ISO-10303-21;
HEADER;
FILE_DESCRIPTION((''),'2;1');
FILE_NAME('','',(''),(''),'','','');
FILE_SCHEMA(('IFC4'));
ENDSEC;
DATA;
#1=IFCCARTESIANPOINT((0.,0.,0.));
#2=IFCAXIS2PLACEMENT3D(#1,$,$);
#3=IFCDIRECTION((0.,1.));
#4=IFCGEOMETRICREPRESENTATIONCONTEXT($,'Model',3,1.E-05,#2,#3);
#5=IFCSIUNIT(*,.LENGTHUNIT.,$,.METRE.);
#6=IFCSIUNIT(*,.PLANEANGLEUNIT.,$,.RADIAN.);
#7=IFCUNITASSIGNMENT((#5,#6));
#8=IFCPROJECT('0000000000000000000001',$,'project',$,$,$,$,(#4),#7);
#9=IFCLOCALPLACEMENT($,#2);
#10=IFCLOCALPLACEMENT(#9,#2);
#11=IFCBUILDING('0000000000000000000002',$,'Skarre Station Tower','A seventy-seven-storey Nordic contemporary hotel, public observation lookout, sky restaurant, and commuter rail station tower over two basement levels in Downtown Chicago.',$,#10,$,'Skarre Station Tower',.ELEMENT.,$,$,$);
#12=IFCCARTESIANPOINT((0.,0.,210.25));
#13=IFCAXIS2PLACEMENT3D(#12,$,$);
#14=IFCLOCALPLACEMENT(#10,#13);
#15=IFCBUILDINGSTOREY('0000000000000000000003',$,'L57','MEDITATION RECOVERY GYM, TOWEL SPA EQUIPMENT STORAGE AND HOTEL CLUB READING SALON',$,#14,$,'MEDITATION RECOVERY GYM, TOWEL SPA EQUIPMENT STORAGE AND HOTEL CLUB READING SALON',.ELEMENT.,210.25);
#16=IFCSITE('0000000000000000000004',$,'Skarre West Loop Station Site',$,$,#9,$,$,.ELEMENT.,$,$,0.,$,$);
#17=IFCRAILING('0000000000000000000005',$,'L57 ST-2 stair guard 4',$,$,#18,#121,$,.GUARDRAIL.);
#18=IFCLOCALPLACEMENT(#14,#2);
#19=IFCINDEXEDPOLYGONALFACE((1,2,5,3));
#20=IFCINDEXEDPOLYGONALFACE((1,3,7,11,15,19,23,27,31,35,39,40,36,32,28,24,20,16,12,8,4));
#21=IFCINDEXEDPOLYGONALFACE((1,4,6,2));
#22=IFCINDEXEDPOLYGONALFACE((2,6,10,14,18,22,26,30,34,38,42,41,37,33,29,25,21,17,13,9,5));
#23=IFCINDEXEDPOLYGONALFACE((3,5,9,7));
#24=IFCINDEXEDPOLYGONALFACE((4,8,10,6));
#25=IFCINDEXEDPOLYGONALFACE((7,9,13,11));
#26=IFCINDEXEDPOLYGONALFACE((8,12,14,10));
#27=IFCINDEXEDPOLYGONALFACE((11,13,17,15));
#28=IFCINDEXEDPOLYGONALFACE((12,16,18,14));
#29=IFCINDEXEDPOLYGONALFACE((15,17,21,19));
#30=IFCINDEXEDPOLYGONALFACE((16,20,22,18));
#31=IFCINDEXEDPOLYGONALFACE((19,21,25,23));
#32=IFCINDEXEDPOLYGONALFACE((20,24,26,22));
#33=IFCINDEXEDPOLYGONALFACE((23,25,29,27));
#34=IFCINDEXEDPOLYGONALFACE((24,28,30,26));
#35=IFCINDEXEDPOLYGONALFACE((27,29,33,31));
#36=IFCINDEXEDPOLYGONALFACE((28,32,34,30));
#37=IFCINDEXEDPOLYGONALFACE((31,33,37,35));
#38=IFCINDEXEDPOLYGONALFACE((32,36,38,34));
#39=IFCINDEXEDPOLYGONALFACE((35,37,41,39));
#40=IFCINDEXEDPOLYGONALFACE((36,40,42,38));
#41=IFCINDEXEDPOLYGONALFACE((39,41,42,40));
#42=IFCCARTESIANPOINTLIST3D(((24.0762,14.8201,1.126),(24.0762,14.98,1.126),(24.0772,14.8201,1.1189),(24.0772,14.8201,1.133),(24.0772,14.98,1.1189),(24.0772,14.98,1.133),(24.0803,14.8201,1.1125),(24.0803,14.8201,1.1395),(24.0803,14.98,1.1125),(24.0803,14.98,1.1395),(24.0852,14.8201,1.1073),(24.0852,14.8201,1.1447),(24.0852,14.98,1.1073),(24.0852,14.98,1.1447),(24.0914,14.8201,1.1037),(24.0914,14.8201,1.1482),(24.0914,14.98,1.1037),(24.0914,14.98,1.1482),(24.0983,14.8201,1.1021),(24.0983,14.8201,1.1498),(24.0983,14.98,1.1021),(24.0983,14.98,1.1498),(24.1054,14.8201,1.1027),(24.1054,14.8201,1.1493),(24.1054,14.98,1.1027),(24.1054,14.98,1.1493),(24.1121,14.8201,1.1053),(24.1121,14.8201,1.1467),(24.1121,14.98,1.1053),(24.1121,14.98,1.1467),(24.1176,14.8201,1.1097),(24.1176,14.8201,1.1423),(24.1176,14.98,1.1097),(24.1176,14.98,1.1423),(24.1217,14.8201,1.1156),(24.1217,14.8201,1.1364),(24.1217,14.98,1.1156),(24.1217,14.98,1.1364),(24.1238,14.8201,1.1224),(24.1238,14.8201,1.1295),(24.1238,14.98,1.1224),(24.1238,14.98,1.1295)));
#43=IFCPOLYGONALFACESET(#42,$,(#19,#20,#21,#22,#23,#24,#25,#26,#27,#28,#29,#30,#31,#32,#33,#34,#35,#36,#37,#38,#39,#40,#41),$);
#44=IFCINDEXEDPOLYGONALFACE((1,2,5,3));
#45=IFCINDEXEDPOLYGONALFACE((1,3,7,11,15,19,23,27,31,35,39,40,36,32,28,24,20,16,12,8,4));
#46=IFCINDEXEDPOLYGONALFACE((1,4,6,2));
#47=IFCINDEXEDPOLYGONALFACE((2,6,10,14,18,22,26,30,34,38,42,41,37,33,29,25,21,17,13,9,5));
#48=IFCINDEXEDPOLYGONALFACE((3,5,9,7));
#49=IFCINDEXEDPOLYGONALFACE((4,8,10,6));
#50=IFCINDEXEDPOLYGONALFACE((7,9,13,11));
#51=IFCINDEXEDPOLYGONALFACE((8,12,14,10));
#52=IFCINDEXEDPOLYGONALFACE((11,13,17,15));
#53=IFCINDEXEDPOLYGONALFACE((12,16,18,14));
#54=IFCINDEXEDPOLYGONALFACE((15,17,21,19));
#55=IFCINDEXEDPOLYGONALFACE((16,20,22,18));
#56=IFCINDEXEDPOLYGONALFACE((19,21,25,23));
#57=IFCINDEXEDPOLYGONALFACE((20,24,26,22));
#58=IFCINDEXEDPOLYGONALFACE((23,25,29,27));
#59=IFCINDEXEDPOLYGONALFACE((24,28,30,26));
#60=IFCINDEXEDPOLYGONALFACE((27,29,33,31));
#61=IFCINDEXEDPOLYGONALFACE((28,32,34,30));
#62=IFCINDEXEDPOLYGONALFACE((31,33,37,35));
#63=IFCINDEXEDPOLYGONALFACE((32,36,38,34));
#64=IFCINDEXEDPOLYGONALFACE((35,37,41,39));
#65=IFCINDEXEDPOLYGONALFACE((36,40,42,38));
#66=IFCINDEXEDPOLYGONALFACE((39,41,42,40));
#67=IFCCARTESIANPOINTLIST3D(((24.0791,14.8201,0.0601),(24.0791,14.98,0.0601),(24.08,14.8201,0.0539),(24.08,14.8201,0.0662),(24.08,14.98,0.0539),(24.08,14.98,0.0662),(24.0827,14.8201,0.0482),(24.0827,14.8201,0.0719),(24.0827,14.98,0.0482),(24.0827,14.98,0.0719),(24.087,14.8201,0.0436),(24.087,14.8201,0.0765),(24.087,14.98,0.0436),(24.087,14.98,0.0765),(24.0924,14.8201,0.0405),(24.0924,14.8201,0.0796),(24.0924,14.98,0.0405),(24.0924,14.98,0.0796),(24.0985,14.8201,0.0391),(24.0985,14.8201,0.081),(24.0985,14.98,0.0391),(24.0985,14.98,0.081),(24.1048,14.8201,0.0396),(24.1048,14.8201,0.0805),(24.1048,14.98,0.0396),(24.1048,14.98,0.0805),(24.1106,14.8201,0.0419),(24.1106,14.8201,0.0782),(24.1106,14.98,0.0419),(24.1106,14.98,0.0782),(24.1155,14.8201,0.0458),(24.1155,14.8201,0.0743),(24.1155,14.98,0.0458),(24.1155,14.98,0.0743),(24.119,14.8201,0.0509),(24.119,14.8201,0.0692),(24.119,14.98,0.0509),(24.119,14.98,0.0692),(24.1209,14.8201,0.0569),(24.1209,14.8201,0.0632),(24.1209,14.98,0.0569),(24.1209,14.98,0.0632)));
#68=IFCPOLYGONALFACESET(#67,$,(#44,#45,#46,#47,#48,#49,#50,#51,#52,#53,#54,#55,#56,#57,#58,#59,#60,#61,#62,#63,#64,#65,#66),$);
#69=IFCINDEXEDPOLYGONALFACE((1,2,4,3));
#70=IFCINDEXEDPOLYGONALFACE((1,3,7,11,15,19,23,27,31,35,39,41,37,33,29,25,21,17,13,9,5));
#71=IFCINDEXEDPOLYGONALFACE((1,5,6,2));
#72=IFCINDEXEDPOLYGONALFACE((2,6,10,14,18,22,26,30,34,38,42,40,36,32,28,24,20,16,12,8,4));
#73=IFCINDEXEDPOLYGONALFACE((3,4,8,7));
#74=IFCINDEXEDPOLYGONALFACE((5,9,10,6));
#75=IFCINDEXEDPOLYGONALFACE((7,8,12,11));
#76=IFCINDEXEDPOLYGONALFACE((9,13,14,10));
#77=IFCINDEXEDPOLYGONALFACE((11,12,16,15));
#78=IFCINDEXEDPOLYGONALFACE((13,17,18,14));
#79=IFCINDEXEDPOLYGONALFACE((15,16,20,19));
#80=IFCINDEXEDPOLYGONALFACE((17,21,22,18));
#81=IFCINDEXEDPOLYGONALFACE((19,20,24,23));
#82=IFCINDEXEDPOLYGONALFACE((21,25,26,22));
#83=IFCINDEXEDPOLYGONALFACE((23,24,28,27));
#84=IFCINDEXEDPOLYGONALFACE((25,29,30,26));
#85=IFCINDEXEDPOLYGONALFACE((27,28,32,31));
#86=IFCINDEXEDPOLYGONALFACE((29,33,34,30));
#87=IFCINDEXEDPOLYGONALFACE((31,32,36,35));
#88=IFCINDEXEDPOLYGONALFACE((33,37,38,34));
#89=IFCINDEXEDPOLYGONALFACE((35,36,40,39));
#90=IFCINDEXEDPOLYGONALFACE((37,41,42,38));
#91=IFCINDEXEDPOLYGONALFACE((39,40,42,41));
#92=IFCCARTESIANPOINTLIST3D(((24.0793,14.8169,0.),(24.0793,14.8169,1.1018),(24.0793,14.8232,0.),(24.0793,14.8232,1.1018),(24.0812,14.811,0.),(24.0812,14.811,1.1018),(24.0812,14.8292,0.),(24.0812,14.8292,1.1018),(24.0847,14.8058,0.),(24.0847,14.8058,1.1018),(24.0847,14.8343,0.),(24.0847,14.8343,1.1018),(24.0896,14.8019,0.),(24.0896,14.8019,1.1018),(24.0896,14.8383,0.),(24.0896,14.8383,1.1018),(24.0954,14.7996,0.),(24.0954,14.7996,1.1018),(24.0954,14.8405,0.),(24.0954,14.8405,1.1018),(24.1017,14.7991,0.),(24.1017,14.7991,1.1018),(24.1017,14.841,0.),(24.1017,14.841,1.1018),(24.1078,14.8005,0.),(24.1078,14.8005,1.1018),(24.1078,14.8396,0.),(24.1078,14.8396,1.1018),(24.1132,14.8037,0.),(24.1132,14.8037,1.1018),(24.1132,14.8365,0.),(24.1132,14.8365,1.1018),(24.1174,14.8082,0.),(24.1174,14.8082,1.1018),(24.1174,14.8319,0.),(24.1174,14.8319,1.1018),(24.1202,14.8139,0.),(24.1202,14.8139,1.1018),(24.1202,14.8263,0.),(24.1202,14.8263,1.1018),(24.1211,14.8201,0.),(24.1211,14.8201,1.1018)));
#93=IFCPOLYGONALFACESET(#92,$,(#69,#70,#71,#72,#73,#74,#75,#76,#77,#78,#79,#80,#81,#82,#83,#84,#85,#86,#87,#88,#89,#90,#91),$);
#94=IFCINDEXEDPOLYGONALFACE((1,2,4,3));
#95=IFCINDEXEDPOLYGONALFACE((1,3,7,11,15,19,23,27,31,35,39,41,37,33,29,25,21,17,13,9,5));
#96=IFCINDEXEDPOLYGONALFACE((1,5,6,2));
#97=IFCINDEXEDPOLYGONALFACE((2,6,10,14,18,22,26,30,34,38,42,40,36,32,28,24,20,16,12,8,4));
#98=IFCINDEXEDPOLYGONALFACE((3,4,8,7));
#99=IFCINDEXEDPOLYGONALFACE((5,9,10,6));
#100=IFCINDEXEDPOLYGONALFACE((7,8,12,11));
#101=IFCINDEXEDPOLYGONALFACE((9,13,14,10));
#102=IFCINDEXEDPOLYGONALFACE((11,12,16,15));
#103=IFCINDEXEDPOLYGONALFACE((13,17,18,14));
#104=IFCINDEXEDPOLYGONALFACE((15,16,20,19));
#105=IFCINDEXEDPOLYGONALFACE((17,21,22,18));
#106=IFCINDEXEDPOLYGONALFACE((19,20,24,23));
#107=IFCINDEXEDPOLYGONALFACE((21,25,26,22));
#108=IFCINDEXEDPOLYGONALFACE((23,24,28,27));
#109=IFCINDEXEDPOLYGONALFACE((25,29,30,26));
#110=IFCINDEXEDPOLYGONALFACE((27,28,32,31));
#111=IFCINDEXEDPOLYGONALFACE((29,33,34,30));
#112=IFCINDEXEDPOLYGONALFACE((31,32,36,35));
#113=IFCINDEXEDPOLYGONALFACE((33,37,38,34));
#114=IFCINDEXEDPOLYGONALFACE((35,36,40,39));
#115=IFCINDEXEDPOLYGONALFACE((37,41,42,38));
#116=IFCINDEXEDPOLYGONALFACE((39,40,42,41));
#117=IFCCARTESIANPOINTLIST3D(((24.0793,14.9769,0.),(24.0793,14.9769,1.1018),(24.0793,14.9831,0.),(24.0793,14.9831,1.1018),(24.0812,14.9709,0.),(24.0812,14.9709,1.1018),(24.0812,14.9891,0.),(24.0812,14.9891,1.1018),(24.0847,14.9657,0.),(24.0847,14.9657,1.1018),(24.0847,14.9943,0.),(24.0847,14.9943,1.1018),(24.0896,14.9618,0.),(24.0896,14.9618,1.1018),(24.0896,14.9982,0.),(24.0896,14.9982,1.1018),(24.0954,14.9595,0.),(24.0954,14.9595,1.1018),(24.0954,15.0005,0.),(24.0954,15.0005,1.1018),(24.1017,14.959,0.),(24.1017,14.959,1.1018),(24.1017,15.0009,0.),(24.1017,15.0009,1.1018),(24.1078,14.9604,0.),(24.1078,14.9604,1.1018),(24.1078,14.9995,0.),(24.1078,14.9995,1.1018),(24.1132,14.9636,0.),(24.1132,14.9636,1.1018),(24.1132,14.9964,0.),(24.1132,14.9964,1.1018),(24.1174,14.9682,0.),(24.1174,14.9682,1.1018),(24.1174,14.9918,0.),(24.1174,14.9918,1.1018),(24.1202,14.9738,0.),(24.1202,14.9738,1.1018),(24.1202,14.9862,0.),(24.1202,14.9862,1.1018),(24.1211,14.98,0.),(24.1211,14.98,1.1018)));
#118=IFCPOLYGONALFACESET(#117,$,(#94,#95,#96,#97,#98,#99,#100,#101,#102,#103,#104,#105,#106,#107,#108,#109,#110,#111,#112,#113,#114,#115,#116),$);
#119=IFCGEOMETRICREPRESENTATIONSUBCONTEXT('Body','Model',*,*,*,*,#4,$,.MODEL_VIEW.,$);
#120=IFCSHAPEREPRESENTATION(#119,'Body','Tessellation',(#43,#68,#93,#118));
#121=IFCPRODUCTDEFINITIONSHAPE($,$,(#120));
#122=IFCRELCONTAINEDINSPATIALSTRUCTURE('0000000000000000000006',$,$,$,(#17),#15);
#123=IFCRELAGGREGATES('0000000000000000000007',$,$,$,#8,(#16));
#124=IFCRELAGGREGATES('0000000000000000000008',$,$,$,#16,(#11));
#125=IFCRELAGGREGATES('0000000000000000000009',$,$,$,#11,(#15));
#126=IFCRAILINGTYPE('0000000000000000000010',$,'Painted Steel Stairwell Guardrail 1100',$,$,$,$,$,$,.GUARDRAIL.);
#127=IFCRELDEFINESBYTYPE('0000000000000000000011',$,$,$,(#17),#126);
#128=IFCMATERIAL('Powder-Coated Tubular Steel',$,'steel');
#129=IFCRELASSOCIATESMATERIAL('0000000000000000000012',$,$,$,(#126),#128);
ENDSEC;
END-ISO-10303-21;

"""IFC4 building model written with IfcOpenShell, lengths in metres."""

from ifc_helpers import new_model, si_unit, direction, frame, origin, origin_2d, place, context, subcontext, project, spatial, circle, extrude, material, type_object, element, save


model = new_model("IFC4")

# Units and contexts
model_context = context("Model", 3, precision=1e-05, world=origin(), true_north=direction((0.0, 1.0)))
body_context = subcontext(model_context, "Body", "Model", "MODEL_VIEW")
ifc_project = project(units=[si_unit("LENGTHUNIT", "METRE"), si_unit("PLANEANGLEUNIT", "RADIAN")], contexts=[model_context])

# Site, building, storey
site_placement = place(None, origin())
site = spatial("IfcSite", under=ifc_project, at=site_placement, Name="Skarre West Loop Station Site", CompositionType="ELEMENT", RefElevation=0.0)
building_placement = place(site_placement, origin())
building = spatial("IfcBuilding", under=site, at=building_placement, Name="Skarre Station Tower", Description="A seventy-seven-storey Nordic contemporary hotel, public observation lookout, sky restaurant, and commuter rail station tower over two basement levels in Downtown Chicago.", LongName="Skarre Station Tower", CompositionType="ELEMENT")
storey_placement = place(building_placement, frame((0.0, 0.0, 210.25)))
storey = spatial("IfcBuildingStorey", under=building, at=storey_placement, Name="L57", Description="MEDITATION RECOVERY GYM, TOWEL SPA EQUIPMENT STORAGE AND HOTEL CLUB READING SALON", LongName="MEDITATION RECOVERY GYM, TOWEL SPA EQUIPMENT STORAGE AND HOTEL CLUB READING SALON", CompositionType="ELEMENT", Elevation=210.25)

# Railing
ifc_material_1 = material(Name="Powder-Coated Tubular Steel", Category="steel")
railing_type_1 = type_object("IfcRailingType", Name="Painted Steel Stairwell Guardrail 1100", PredefinedType="GUARDRAIL", material=ifc_material_1)
railing_1_placement = place(storey_placement, frame((24.1001, 14.8201, 0.0)))
element("IfcRailing", 1, at=railing_1_placement, inside=storey, type_object=railing_type_1, Name="L57 ST-2 stair guard 4", PredefinedType="GUARDRAIL", context=body_context, shape_type="SweptSolid", body=[
    extrude(circle(Radius=0.0239, at=origin_2d()), frame((0.0, 0.0, 1.126), z_axis=(0.0, 1.0, 0.0), x_axis=(-1.0, 0.0, 0.0)), (0.0, 0.0, 1.0), 0.1599),
    extrude(circle(Radius=0.021, at=origin_2d()), frame((0.0, 0.0, 0.0601), z_axis=(0.0, 1.0, 0.0), x_axis=(-1.0, 0.0, 0.0)), (0.0, 0.0, 1.0), 0.1599),
    extrude(circle(Radius=0.021, at=origin_2d()), origin(), (0.0, 0.0, 1.0), 1.1018),
    extrude(circle(Radius=0.021, at=origin_2d()), frame((0.0, 0.1599, 0.0)), (0.0, 0.0, 1.0), 1.1018),
])

save(model, "model.ifc")
